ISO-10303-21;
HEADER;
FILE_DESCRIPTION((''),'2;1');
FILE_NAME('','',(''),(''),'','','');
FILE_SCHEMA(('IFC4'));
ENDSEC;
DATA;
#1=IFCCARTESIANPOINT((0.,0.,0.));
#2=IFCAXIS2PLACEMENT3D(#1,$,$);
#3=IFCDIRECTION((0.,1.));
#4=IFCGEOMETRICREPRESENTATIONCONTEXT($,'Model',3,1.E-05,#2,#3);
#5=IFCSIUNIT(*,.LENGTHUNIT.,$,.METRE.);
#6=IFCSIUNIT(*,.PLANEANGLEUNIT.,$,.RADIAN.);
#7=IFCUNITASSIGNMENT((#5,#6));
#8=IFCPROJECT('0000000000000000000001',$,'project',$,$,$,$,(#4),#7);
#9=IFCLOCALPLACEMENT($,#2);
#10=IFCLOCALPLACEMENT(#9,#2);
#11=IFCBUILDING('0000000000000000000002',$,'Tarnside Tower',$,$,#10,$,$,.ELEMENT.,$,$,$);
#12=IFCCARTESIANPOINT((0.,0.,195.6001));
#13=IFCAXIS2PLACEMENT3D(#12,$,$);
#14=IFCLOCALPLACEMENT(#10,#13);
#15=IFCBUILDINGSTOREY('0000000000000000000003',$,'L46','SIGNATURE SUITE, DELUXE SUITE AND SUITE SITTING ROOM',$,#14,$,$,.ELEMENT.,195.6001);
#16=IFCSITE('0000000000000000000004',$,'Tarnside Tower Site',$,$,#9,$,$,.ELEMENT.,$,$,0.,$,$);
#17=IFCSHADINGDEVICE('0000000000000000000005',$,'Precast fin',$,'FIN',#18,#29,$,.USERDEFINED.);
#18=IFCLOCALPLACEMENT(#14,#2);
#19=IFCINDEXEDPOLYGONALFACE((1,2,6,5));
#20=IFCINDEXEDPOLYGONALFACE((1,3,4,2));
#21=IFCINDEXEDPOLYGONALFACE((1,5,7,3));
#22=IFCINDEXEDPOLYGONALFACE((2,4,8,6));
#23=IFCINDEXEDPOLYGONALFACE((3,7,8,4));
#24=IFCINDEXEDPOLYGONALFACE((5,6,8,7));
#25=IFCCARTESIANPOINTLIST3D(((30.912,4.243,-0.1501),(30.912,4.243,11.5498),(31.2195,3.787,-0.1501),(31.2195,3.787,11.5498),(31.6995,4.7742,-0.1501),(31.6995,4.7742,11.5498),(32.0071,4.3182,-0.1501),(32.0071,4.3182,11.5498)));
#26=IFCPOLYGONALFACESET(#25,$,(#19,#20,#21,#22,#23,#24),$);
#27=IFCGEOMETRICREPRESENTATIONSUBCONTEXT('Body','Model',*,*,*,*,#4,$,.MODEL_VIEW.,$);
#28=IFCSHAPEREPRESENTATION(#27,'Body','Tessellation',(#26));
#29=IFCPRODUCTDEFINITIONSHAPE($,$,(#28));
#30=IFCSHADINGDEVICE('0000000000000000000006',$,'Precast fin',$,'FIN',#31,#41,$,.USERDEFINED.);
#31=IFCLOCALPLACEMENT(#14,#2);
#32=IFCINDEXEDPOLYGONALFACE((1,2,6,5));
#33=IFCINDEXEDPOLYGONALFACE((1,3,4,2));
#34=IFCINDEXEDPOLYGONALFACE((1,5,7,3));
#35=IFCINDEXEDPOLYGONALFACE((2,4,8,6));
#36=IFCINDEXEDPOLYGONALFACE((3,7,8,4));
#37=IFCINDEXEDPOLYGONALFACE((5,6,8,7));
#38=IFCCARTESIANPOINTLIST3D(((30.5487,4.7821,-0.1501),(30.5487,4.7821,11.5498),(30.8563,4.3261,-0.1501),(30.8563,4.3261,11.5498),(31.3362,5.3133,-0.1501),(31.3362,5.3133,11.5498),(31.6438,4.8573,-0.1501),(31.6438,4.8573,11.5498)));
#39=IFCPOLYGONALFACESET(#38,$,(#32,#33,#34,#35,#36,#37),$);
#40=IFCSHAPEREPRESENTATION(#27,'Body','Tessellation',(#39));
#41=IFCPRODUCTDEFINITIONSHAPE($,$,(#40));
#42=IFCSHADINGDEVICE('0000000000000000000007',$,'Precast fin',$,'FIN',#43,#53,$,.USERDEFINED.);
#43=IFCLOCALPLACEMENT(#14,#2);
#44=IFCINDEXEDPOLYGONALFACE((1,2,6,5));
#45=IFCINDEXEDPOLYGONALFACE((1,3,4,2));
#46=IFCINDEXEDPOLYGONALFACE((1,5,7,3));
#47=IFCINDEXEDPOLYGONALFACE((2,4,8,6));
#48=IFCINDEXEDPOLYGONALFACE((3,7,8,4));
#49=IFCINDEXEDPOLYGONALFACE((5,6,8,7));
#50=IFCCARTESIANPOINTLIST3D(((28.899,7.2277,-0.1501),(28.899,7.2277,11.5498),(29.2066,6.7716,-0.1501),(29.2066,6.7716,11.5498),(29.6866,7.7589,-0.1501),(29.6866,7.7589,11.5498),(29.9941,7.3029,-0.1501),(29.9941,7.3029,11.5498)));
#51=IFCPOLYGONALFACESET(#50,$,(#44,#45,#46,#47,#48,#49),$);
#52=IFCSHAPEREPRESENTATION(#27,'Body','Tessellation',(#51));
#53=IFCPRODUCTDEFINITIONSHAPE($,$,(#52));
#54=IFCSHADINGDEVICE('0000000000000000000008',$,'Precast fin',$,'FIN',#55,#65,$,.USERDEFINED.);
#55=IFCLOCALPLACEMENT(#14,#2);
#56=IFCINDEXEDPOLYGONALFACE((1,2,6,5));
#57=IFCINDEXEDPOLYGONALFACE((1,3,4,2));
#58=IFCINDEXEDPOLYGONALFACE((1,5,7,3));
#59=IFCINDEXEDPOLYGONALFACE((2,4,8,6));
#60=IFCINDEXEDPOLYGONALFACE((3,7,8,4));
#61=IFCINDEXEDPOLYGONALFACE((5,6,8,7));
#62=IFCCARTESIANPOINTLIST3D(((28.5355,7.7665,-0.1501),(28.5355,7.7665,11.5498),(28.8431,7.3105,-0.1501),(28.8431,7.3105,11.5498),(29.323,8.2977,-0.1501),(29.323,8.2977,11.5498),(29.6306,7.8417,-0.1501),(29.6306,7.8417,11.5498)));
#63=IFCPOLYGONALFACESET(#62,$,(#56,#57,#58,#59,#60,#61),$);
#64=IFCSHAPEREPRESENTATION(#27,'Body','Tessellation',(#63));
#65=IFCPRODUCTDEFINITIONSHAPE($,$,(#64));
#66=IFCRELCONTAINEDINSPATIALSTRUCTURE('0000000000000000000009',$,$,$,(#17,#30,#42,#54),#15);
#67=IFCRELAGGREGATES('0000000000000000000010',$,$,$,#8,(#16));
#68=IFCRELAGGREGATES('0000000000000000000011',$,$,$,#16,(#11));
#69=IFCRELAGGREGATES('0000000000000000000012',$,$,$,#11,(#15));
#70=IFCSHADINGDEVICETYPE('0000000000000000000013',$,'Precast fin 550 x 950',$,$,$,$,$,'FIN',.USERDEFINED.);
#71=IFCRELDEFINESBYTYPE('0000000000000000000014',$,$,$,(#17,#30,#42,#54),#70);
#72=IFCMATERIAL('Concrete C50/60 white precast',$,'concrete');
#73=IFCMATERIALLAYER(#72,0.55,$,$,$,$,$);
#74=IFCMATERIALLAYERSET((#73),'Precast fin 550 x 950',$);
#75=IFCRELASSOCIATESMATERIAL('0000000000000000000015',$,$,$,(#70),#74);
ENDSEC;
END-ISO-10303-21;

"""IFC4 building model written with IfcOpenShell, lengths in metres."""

from ifc_helpers import new_model, si_unit, direction, frame, origin, place, context, subcontext, project, spatial, polyline, outline, extrude, material, layer, layer_set, type_object, element, save


model = new_model("IFC4")

# Units and contexts
model_context = context("Model", 3, precision=1e-05, world=origin(), true_north=direction((0.0, 1.0)))
body_context = subcontext(model_context, "Body", "Model", "MODEL_VIEW")
ifc_project = project(units=[si_unit("LENGTHUNIT", "METRE"), si_unit("PLANEANGLEUNIT", "RADIAN")], contexts=[model_context])

# Site, building, storey
site_placement = place(None, origin())
site = spatial("IfcSite", under=ifc_project, at=site_placement, Name="Tarnside Tower Site", CompositionType="ELEMENT", RefElevation=0.0)
building_placement = place(site_placement, origin())
building = spatial("IfcBuilding", under=site, at=building_placement, Name="Tarnside Tower", CompositionType="ELEMENT")
storey_placement = place(building_placement, frame((0.0, 0.0, 195.6001)))
storey = spatial("IfcBuildingStorey", under=building, at=storey_placement, Name="L46", Description="SIGNATURE SUITE, DELUXE SUITE AND SUITE SITTING ROOM", CompositionType="ELEMENT", Elevation=195.6001)

# Shading devices
ifc_material_1 = material(Name="Concrete C50/60 white precast", Category="concrete")
ifc_layer_1 = layer(ifc_material_1, 0.55)
ifc_layer_set_1 = layer_set([ifc_layer_1], Name="Precast fin 550 x 950")
shading_device_type_1 = type_object("IfcShadingDeviceType", Name="Precast fin 550 x 950", ElementType="FIN", PredefinedType="USERDEFINED", material=ifc_layer_set_1)
for number, where, z_axis, x_axis, name in (
    (1, (31.0657, 4.0151, -0.1501), (0.559193, -0.829038, 0.0), (0.829038, 0.559193, 0.0), "Precast fin"),
    (2, (30.7024, 4.5542, -0.1501), (0.559193, -0.829038, 0.0), (0.829038, 0.559193, 0.0), "Precast fin"),
    (3, (29.0527, 6.9998, -0.1501), (0.559193, -0.829038, 0.0), (0.829038, 0.559193, 0.0), "Precast fin"),
    (4, (28.6892, 7.5386, -0.1501), (0.559193, -0.829038, 0.0), (0.829038, 0.559193, 0.0), "Precast fin"),
):
    element("IfcShadingDevice", number, at=place(storey_placement, frame(where, z_axis=z_axis, x_axis=x_axis)), inside=storey, type_object=shading_device_type_1, Name=name, ObjectType="FIN", PredefinedType="USERDEFINED", context=body_context, shape_type="SweptSolid", body=[
        extrude(outline(polyline([(0.0, 0.0), (0.95, 0.0), (0.95, 11.7), (0.0, 11.7), (0.0, 0.0)])), frame((0.0, 0.0, -0.2749)), (0.0, 0.0, 1.0), 0.55),
    ])

save(model, "model.ifc")
